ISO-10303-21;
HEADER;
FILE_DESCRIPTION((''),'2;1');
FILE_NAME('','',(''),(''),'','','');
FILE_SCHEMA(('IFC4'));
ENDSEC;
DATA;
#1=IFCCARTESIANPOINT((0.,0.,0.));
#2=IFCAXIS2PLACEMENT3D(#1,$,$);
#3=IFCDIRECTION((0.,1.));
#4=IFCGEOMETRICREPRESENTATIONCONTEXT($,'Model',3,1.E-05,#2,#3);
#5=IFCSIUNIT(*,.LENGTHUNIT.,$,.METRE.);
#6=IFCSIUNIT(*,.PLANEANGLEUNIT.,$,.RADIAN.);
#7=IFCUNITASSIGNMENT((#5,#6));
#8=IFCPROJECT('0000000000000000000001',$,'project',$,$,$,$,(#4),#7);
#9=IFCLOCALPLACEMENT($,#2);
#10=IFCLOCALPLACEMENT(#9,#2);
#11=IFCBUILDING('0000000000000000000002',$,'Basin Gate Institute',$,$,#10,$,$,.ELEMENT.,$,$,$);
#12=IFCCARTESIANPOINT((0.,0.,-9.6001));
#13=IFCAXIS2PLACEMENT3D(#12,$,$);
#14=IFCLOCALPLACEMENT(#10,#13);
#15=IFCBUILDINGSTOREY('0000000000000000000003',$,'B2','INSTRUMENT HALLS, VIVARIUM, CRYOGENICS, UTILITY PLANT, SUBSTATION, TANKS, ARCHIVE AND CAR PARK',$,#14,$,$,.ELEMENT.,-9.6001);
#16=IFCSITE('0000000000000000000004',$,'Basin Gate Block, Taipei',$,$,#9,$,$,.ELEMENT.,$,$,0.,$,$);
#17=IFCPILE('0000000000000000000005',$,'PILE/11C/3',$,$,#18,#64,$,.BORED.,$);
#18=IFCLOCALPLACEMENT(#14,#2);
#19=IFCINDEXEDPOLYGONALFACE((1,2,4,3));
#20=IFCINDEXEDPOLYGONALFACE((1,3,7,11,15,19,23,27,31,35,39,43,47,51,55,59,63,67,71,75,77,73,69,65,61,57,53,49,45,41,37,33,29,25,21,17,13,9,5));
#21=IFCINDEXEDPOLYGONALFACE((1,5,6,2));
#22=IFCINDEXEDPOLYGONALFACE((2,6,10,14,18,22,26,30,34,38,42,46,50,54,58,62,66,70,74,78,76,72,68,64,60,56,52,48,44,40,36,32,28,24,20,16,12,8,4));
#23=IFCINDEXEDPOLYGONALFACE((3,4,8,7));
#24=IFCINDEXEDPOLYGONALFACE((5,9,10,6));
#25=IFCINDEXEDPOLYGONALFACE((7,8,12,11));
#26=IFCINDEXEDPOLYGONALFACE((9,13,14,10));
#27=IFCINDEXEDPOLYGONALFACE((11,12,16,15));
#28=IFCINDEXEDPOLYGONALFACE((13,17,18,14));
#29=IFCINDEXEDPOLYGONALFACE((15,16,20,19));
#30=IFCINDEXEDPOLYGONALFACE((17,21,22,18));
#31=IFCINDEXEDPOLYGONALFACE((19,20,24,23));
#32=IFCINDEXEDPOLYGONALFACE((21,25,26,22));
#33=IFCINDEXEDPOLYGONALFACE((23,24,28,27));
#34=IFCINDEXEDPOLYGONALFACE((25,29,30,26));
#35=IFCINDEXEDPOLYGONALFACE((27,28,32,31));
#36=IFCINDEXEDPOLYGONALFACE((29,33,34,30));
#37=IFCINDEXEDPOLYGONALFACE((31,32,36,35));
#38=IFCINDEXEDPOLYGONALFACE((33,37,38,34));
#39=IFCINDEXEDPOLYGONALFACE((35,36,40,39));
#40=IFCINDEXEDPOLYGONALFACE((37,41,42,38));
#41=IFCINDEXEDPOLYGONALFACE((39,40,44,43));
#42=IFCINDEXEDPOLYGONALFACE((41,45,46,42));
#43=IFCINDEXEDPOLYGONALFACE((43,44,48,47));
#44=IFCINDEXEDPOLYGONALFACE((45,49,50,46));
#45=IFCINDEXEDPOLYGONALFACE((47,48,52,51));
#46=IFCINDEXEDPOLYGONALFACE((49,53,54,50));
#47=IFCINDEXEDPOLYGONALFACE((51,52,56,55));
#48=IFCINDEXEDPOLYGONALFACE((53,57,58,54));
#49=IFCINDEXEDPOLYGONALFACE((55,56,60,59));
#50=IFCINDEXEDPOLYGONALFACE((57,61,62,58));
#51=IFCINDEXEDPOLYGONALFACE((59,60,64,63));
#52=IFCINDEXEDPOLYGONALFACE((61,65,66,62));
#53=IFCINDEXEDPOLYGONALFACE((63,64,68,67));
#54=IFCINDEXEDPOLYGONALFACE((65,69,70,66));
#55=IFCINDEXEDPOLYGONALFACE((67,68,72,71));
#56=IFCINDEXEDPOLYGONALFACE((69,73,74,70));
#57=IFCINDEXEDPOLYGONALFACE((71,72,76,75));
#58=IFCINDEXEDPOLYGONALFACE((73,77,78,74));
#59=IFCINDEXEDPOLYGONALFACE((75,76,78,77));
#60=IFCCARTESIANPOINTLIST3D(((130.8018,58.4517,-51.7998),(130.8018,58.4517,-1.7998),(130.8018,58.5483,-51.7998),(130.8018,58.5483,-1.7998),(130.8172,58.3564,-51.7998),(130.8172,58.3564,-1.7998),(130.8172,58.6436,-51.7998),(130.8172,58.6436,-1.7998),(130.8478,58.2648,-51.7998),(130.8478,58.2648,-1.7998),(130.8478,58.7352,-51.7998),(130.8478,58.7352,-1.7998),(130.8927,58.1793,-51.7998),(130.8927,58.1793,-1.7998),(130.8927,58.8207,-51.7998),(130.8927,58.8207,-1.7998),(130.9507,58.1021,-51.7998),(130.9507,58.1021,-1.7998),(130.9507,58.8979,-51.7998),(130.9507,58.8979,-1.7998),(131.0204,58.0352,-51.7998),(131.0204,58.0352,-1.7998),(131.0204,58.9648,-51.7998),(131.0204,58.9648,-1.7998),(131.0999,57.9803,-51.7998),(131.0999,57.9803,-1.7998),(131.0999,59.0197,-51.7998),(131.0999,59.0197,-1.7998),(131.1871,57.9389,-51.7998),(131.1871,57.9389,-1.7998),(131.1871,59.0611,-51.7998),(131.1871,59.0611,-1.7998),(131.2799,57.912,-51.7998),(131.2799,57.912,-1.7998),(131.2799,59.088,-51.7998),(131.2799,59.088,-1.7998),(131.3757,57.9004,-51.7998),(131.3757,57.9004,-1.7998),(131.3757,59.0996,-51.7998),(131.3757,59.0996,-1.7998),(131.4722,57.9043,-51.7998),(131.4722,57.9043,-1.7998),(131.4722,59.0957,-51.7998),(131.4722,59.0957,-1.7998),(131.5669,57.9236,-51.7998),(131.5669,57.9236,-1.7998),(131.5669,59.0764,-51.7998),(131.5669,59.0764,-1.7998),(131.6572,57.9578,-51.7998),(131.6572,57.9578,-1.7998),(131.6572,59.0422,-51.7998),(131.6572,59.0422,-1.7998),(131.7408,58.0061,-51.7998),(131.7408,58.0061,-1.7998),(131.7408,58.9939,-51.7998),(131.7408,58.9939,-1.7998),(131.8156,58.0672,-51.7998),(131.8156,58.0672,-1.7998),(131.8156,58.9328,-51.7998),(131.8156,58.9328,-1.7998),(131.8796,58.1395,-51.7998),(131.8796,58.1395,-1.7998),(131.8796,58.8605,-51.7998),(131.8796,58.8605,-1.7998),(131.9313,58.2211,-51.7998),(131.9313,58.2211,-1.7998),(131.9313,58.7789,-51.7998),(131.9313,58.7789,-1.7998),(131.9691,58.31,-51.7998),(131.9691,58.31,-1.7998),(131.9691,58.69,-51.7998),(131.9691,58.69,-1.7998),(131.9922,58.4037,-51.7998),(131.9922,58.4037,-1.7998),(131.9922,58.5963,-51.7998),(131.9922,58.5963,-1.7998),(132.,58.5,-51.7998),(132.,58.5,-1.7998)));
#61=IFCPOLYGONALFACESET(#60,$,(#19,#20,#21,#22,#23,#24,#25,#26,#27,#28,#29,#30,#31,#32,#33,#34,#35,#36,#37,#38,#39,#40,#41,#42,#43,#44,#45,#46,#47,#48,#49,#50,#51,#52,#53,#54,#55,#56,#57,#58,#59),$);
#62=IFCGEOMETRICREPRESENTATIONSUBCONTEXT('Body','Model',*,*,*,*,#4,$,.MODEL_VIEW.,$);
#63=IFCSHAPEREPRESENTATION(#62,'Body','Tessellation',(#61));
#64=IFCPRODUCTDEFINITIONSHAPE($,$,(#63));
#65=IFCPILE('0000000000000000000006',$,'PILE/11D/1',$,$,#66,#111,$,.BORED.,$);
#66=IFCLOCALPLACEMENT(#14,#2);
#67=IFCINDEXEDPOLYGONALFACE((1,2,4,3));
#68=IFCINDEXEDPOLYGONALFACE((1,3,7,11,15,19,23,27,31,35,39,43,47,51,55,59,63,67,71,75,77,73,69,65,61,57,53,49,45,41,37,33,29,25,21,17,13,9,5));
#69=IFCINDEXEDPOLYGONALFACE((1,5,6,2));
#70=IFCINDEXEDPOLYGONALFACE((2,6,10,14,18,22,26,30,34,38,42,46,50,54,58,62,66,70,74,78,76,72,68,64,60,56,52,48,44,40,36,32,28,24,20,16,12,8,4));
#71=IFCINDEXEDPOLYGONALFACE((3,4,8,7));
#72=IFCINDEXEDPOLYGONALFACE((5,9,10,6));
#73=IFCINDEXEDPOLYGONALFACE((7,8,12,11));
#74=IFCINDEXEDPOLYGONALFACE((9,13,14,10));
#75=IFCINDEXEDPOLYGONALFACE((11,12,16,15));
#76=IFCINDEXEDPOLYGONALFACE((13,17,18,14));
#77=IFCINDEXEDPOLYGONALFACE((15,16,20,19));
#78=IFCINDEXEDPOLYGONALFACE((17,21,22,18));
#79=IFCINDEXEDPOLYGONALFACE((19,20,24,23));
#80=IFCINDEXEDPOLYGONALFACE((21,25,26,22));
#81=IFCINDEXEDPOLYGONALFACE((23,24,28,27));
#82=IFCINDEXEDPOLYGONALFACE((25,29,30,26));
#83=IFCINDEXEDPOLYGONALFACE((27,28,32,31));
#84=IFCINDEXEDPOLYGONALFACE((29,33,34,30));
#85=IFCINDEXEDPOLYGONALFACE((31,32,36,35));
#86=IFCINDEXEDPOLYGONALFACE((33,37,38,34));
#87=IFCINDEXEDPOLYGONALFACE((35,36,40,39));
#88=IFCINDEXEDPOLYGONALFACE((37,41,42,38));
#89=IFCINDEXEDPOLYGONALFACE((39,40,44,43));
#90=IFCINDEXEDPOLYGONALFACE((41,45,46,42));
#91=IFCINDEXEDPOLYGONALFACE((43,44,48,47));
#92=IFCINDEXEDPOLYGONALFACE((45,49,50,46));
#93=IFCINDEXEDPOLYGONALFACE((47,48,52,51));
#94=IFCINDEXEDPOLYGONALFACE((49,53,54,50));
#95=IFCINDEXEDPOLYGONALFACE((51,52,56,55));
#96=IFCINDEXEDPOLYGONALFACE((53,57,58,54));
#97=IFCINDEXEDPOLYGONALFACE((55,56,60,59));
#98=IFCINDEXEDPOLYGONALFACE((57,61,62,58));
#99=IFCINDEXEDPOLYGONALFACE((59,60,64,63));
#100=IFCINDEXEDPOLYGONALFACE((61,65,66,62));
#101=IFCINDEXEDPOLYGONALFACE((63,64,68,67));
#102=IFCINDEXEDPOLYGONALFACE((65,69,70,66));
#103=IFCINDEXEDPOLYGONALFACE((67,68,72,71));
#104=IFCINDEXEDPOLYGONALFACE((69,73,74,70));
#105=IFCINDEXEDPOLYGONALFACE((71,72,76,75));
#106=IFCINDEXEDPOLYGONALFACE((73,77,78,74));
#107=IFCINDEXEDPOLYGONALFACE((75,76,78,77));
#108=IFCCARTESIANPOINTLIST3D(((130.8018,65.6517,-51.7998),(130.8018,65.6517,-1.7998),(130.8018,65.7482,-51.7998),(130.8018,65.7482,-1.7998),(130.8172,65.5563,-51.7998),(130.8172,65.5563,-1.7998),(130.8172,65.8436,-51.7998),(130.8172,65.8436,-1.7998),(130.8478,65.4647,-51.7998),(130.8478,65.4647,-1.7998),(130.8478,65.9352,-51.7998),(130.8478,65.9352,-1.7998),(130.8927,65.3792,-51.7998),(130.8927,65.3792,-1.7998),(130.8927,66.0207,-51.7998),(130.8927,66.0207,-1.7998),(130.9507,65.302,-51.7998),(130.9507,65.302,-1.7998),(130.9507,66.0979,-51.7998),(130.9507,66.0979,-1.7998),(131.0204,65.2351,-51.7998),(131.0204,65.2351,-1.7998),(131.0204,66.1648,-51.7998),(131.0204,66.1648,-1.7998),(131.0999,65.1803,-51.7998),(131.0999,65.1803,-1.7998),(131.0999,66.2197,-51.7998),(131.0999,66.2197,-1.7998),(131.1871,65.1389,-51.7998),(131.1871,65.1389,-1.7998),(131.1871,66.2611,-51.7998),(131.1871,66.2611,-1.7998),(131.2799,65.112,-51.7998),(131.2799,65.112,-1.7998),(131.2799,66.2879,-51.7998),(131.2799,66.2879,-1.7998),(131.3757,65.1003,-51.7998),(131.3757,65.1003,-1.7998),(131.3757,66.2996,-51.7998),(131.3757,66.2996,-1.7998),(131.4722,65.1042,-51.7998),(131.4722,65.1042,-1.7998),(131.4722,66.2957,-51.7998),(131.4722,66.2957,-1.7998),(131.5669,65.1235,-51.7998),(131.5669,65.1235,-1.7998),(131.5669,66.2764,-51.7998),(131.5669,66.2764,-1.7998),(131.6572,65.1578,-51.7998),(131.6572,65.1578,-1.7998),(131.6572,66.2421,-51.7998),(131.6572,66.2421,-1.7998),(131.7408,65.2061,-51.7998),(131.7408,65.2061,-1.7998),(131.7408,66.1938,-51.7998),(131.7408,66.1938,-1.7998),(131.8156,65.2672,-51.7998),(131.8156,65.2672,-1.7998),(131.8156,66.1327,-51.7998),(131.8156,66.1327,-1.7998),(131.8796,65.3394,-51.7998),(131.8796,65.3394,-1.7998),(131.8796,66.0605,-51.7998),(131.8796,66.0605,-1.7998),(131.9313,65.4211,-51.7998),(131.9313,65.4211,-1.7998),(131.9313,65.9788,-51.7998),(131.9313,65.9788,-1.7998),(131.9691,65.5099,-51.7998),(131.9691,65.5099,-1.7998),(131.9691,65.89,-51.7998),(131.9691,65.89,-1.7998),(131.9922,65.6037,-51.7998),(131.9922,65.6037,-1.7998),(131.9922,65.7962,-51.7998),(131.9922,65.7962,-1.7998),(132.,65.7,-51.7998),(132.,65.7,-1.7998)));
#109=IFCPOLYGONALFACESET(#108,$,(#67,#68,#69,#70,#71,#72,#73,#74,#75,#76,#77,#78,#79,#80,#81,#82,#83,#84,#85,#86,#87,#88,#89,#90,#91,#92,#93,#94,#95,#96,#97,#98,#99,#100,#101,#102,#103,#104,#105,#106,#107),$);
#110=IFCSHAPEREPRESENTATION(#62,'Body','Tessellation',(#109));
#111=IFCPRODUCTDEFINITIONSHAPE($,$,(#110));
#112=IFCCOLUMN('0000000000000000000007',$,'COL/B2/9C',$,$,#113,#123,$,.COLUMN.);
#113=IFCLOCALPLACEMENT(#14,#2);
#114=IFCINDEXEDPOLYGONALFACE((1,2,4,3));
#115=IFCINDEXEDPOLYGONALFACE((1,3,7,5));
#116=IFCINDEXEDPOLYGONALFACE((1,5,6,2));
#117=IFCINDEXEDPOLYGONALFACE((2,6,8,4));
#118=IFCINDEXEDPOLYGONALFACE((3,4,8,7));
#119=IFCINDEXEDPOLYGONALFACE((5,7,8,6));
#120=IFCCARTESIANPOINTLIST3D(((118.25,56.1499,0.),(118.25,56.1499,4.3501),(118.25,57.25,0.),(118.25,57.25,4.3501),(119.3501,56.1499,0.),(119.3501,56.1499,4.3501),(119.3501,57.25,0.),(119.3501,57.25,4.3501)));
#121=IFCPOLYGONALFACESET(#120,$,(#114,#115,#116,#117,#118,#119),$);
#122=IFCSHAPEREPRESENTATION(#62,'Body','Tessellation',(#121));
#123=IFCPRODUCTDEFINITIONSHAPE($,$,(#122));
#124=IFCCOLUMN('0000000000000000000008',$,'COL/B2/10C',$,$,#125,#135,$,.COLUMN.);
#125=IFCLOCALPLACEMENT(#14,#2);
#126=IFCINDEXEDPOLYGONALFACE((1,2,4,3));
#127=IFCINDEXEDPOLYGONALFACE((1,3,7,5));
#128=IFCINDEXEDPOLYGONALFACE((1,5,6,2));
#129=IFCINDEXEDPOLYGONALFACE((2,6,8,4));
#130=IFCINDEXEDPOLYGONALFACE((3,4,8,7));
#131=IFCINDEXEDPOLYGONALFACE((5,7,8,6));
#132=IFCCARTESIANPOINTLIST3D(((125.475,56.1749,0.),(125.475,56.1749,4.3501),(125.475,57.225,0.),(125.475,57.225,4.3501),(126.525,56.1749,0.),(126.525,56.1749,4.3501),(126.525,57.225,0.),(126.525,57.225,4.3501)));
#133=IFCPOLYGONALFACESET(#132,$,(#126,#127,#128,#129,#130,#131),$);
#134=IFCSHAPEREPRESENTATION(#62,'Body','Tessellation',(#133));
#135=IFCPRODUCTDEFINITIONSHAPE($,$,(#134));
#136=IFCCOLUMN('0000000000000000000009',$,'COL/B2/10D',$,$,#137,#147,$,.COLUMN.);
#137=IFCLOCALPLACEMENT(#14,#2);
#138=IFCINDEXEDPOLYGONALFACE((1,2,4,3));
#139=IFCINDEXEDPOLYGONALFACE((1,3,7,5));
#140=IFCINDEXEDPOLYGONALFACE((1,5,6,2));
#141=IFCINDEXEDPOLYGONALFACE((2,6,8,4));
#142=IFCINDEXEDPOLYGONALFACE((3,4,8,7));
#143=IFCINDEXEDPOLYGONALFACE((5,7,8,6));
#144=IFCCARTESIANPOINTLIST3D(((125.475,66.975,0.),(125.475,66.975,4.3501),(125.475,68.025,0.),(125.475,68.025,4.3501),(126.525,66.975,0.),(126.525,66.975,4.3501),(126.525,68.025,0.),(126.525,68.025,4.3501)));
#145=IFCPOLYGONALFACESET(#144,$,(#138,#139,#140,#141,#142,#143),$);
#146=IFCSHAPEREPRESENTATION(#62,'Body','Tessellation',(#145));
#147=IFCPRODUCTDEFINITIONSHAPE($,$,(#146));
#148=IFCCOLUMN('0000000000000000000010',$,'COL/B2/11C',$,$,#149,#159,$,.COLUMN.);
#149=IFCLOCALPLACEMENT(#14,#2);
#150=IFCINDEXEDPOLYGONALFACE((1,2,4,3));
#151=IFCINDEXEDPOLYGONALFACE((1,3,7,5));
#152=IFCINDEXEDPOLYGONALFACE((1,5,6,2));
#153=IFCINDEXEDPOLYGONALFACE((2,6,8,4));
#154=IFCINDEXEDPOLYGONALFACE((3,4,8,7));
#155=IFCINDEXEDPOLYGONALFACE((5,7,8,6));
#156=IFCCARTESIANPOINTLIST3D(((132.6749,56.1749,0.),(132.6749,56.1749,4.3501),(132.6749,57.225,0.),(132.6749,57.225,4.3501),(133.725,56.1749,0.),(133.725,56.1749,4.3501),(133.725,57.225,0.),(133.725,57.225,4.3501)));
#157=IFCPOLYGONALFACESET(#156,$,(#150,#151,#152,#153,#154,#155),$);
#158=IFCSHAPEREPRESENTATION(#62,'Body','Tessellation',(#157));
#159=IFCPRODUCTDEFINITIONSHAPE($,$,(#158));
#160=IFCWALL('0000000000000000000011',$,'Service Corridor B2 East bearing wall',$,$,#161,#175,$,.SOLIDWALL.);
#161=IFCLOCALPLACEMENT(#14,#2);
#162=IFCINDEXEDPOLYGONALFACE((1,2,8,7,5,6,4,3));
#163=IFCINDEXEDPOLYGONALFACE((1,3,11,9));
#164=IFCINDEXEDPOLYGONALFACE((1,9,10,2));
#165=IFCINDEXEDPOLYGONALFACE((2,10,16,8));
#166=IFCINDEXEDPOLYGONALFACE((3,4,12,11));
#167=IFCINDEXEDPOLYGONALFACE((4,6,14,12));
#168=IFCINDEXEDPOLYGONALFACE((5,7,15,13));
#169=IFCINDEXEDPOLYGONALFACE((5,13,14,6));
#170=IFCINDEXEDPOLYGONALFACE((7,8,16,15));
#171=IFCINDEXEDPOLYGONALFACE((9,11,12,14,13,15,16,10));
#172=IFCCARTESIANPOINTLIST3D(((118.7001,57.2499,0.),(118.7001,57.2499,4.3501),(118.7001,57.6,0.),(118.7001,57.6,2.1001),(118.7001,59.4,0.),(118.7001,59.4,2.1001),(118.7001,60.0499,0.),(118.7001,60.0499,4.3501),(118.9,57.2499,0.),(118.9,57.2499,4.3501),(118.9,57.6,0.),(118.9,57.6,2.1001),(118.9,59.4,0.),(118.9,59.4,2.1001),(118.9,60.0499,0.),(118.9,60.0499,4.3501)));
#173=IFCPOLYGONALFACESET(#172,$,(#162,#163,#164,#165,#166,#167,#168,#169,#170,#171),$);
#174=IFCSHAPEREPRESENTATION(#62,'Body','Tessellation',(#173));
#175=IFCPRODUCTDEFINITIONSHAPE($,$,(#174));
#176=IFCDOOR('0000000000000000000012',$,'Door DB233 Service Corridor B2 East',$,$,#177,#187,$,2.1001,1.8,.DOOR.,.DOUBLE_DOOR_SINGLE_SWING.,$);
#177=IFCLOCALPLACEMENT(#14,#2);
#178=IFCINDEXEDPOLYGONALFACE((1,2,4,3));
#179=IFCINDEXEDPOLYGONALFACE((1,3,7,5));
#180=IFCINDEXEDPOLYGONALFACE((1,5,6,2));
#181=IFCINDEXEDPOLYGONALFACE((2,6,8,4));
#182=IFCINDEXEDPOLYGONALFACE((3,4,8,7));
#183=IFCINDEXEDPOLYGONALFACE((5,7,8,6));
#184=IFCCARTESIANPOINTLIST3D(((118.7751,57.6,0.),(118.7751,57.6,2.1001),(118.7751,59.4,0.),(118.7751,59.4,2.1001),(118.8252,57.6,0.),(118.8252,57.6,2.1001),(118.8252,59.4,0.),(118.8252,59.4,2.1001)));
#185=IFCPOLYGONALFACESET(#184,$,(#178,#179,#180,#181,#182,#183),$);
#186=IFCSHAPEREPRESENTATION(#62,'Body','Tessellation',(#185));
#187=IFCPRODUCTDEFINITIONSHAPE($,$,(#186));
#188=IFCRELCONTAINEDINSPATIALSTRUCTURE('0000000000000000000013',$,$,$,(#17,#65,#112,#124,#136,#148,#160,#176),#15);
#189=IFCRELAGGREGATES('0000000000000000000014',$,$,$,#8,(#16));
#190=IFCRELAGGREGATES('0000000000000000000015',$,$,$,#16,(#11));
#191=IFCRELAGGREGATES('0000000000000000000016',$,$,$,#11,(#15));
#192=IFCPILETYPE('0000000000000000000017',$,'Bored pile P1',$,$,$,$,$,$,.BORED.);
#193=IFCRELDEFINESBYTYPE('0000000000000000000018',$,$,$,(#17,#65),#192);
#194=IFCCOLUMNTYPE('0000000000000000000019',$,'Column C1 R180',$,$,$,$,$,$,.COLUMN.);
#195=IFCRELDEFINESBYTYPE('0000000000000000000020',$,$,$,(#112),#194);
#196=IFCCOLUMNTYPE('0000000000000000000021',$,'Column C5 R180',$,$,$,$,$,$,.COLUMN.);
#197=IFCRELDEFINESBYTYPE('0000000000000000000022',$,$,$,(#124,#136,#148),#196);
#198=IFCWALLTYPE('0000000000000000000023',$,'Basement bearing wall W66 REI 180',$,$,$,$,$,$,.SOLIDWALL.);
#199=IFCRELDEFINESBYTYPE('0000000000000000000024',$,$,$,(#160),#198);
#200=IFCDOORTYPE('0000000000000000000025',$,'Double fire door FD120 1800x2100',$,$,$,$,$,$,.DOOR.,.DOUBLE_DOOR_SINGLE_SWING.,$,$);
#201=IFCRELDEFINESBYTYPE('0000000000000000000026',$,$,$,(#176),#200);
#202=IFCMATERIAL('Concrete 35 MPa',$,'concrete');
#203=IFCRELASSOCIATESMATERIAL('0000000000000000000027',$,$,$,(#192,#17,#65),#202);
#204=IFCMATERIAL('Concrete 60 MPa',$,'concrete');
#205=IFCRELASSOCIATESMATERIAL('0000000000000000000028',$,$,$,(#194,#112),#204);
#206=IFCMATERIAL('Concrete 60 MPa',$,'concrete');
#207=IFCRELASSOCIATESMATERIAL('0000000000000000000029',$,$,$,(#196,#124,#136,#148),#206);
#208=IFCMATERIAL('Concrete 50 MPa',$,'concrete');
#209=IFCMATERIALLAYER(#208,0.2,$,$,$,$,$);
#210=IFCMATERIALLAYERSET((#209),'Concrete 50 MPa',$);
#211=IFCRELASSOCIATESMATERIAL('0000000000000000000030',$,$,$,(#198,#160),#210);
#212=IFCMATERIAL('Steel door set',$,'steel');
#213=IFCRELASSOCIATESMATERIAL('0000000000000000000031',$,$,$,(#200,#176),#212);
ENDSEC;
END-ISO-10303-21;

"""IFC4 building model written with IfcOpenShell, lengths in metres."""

from ifc_helpers import new_model, si_unit, direction, frame, frame_2d, origin, origin_2d, place, context, subcontext, project, spatial, rectangle, circle, extrude, material, layer, layer_set, material_profile, profile_set, type_object, element, fill, save


model = new_model("IFC4")

# Units and contexts
model_context = context("Model", 3, precision=1e-05, world=origin(), true_north=direction((0.0, 1.0)))
body_context = subcontext(model_context, "Body", "Model", "MODEL_VIEW")
ifc_project = project(units=[si_unit("LENGTHUNIT", "METRE"), si_unit("PLANEANGLEUNIT", "RADIAN")], contexts=[model_context])

# Site, building, storey
site_placement = place(None, origin())
site = spatial("IfcSite", under=ifc_project, at=site_placement, Name="Basin Gate Block, Taipei", CompositionType="ELEMENT", RefElevation=0.0)
building_placement = place(site_placement, origin())
building = spatial("IfcBuilding", under=site, at=building_placement, Name="Basin Gate Institute", CompositionType="ELEMENT")
storey_placement = place(building_placement, frame((0.0, 0.0, -9.6001)))
storey = spatial("IfcBuildingStorey", under=building, at=storey_placement, Name="B2", Description="INSTRUMENT HALLS, VIVARIUM, CRYOGENICS, UTILITY PLANT, SUBSTATION, TANKS, ARCHIVE AND CAR PARK", CompositionType="ELEMENT", Elevation=-9.6001)

# Piles
ifc_material_1 = material(Name="Concrete 35 MPa", Category="concrete")
ifc_material_profile_1 = material_profile(ifc_material_1, circle(Radius=0.6001, at=origin_2d()), Name="Bored pile P1 1200 dia")
ifc_profile_set_1 = profile_set([ifc_material_profile_1], Name="Concrete 35 MPa")
pile_type = type_object("IfcPileType", Name="Bored pile P1", PredefinedType="BORED", material=ifc_profile_set_1)
for number, where, z_axis, x_axis, name in (
    (1, (131.3999, 58.5, -1.7998), (0.0, 0.0, -1.0), (1.0, 0.0, 0.0), "PILE/11C/3"),
    (2, (131.3999, 65.7, -1.7998), (0.0, 0.0, -1.0), (1.0, 0.0, 0.0), "PILE/11D/1"),
):
    element("IfcPile", number, at=place(storey_placement, frame(where, z_axis=z_axis, x_axis=x_axis)), inside=storey, type_object=pile_type, material=ifc_profile_set_1, Name=name, PredefinedType="BORED", context=body_context, shape_type="SweptSolid", body=[
        extrude(circle(Radius=0.6001, at=origin_2d()), origin(), (0.0, 0.0, 1.0), 50.0),
    ])

# Columns
ifc_material_2 = material(Name="Concrete 60 MPa", Category="concrete")
ifc_material_profile_2 = material_profile(ifc_material_2, rectangle(XDim=1.1001, YDim=1.1001, at=origin_2d()), Name="Column C1 1100 x 1100")
ifc_profile_set_2 = profile_set([ifc_material_profile_2], Name="Concrete 60 MPa")
column_type_1 = type_object("IfcColumnType", Name="Column C1 R180", PredefinedType="COLUMN", material=ifc_profile_set_2)
column_placement = place(storey_placement, frame((118.8, 56.7, 0.0), z_axis=(0.0, 0.0, 1.0), x_axis=(1.0, 0.0, 0.0)))
element("IfcColumn", 3, at=column_placement, inside=storey, type_object=column_type_1, material=ifc_profile_set_2, Name="COL/B2/9C", PredefinedType="COLUMN", context=body_context, shape_type="SweptSolid", body=[
    extrude(rectangle(XDim=1.1001, YDim=1.1001, at=origin_2d()), origin(), (0.0, 0.0, 1.0), 4.3501),
])
ifc_material_3 = material(Name="Concrete 60 MPa", Category="concrete")
ifc_material_profile_3 = material_profile(ifc_material_3, rectangle(XDim=1.05, YDim=1.05, at=origin_2d()), Name="Column C5 1050 x 1050")
ifc_profile_set_3 = profile_set([ifc_material_profile_3], Name="Concrete 60 MPa")
column_type_2 = type_object("IfcColumnType", Name="Column C5 R180", PredefinedType="COLUMN", material=ifc_profile_set_3)
for number, where, z_axis, x_axis, name in (
    (4, (126.0, 56.7, 0.0), (0.0, 0.0, 1.0), (1.0, 0.0, 0.0), "COL/B2/10C"),
    (5, (126.0, 67.5, 0.0), (0.0, 0.0, 1.0), (1.0, 0.0, 0.0), "COL/B2/10D"),
    (6, (133.2, 56.7, 0.0), (0.0, 0.0, 1.0), (1.0, 0.0, 0.0), "COL/B2/11C"),
):
    element("IfcColumn", number, at=place(storey_placement, frame(where, z_axis=z_axis, x_axis=x_axis)), inside=storey, type_object=column_type_2, material=ifc_profile_set_3, Name=name, PredefinedType="COLUMN", context=body_context, shape_type="SweptSolid", body=[
        extrude(rectangle(XDim=1.05, YDim=1.05, at=origin_2d()), origin(), (0.0, 0.0, 1.0), 4.3501),
    ])

# Wall, opening, door
ifc_material_4 = material(Name="Concrete 50 MPa", Category="concrete")
ifc_layer_1 = layer(ifc_material_4, 0.2)
ifc_layer_set_1 = layer_set([ifc_layer_1], Name="Concrete 50 MPa")
wall_type_1 = type_object("IfcWallType", Name="Basement bearing wall W66 REI 180", PredefinedType="SOLIDWALL", material=ifc_layer_set_1)
wall_1_placement = place(storey_placement, frame((118.8, 57.25, 0.0), z_axis=(0.0, 0.0, 1.0), x_axis=(0.0, 1.0, 0.0)))
wall_1 = element("IfcWall", 7, at=wall_1_placement, inside=storey, type_object=wall_type_1, material=ifc_layer_set_1, Name="Service Corridor B2 East bearing wall", PredefinedType="SOLIDWALL", context=body_context, shape_type="SweptSolid", body=[
    extrude(rectangle(XDim=2.8, YDim=0.2, at=frame_2d((1.3999, 0.0))), origin(), (0.0, 0.0, 1.0), 4.3501),
])
opening_placement = place(wall_1_placement, frame((0.3501, 0.0, 0.0)))
opening = element("IfcOpeningElement", 8, at=opening_placement, cuts=wall_1, PredefinedType="OPENING", context=body_context, shape_type="SweptSolid", body=[
    extrude(rectangle(XDim=1.8, YDim=2.1001, at=frame_2d((0.8999, 1.05))), frame((0.0, 0.1099, 0.0), z_axis=(0.0, -1.0, 0.0), x_axis=(1.0, 0.0, 0.0)), (0.0, 0.0, 1.0), 0.22),
])
ifc_material_5 = material(Name="Steel door set", Category="steel")
door_type = type_object("IfcDoorType", Name="Double fire door FD120 1800x2100", OperationType="DOUBLE_DOOR_SINGLE_SWING", PredefinedType="DOOR", material=ifc_material_5)
door_placement = place(opening_placement, origin())
door = element("IfcDoor", 9, at=door_placement, inside=storey, type_object=door_type, material=ifc_material_5, Name="Door DB233 Service Corridor B2 East", OperationType="DOUBLE_DOOR_SINGLE_SWING", OverallHeight=2.1001, OverallWidth=1.8, PredefinedType="DOOR", context=body_context, shape_type="SweptSolid", body=[
    extrude(rectangle(XDim=1.8, YDim=2.1001, at=frame_2d((0.8999, 1.05))), frame((0.0, 0.0249, 0.0), z_axis=(0.0, -1.0, 0.0), x_axis=(1.0, 0.0, 0.0)), (0.0, 0.0, 1.0), 0.05),
])
fill(opening, door)

save(model, "model.ifc")
